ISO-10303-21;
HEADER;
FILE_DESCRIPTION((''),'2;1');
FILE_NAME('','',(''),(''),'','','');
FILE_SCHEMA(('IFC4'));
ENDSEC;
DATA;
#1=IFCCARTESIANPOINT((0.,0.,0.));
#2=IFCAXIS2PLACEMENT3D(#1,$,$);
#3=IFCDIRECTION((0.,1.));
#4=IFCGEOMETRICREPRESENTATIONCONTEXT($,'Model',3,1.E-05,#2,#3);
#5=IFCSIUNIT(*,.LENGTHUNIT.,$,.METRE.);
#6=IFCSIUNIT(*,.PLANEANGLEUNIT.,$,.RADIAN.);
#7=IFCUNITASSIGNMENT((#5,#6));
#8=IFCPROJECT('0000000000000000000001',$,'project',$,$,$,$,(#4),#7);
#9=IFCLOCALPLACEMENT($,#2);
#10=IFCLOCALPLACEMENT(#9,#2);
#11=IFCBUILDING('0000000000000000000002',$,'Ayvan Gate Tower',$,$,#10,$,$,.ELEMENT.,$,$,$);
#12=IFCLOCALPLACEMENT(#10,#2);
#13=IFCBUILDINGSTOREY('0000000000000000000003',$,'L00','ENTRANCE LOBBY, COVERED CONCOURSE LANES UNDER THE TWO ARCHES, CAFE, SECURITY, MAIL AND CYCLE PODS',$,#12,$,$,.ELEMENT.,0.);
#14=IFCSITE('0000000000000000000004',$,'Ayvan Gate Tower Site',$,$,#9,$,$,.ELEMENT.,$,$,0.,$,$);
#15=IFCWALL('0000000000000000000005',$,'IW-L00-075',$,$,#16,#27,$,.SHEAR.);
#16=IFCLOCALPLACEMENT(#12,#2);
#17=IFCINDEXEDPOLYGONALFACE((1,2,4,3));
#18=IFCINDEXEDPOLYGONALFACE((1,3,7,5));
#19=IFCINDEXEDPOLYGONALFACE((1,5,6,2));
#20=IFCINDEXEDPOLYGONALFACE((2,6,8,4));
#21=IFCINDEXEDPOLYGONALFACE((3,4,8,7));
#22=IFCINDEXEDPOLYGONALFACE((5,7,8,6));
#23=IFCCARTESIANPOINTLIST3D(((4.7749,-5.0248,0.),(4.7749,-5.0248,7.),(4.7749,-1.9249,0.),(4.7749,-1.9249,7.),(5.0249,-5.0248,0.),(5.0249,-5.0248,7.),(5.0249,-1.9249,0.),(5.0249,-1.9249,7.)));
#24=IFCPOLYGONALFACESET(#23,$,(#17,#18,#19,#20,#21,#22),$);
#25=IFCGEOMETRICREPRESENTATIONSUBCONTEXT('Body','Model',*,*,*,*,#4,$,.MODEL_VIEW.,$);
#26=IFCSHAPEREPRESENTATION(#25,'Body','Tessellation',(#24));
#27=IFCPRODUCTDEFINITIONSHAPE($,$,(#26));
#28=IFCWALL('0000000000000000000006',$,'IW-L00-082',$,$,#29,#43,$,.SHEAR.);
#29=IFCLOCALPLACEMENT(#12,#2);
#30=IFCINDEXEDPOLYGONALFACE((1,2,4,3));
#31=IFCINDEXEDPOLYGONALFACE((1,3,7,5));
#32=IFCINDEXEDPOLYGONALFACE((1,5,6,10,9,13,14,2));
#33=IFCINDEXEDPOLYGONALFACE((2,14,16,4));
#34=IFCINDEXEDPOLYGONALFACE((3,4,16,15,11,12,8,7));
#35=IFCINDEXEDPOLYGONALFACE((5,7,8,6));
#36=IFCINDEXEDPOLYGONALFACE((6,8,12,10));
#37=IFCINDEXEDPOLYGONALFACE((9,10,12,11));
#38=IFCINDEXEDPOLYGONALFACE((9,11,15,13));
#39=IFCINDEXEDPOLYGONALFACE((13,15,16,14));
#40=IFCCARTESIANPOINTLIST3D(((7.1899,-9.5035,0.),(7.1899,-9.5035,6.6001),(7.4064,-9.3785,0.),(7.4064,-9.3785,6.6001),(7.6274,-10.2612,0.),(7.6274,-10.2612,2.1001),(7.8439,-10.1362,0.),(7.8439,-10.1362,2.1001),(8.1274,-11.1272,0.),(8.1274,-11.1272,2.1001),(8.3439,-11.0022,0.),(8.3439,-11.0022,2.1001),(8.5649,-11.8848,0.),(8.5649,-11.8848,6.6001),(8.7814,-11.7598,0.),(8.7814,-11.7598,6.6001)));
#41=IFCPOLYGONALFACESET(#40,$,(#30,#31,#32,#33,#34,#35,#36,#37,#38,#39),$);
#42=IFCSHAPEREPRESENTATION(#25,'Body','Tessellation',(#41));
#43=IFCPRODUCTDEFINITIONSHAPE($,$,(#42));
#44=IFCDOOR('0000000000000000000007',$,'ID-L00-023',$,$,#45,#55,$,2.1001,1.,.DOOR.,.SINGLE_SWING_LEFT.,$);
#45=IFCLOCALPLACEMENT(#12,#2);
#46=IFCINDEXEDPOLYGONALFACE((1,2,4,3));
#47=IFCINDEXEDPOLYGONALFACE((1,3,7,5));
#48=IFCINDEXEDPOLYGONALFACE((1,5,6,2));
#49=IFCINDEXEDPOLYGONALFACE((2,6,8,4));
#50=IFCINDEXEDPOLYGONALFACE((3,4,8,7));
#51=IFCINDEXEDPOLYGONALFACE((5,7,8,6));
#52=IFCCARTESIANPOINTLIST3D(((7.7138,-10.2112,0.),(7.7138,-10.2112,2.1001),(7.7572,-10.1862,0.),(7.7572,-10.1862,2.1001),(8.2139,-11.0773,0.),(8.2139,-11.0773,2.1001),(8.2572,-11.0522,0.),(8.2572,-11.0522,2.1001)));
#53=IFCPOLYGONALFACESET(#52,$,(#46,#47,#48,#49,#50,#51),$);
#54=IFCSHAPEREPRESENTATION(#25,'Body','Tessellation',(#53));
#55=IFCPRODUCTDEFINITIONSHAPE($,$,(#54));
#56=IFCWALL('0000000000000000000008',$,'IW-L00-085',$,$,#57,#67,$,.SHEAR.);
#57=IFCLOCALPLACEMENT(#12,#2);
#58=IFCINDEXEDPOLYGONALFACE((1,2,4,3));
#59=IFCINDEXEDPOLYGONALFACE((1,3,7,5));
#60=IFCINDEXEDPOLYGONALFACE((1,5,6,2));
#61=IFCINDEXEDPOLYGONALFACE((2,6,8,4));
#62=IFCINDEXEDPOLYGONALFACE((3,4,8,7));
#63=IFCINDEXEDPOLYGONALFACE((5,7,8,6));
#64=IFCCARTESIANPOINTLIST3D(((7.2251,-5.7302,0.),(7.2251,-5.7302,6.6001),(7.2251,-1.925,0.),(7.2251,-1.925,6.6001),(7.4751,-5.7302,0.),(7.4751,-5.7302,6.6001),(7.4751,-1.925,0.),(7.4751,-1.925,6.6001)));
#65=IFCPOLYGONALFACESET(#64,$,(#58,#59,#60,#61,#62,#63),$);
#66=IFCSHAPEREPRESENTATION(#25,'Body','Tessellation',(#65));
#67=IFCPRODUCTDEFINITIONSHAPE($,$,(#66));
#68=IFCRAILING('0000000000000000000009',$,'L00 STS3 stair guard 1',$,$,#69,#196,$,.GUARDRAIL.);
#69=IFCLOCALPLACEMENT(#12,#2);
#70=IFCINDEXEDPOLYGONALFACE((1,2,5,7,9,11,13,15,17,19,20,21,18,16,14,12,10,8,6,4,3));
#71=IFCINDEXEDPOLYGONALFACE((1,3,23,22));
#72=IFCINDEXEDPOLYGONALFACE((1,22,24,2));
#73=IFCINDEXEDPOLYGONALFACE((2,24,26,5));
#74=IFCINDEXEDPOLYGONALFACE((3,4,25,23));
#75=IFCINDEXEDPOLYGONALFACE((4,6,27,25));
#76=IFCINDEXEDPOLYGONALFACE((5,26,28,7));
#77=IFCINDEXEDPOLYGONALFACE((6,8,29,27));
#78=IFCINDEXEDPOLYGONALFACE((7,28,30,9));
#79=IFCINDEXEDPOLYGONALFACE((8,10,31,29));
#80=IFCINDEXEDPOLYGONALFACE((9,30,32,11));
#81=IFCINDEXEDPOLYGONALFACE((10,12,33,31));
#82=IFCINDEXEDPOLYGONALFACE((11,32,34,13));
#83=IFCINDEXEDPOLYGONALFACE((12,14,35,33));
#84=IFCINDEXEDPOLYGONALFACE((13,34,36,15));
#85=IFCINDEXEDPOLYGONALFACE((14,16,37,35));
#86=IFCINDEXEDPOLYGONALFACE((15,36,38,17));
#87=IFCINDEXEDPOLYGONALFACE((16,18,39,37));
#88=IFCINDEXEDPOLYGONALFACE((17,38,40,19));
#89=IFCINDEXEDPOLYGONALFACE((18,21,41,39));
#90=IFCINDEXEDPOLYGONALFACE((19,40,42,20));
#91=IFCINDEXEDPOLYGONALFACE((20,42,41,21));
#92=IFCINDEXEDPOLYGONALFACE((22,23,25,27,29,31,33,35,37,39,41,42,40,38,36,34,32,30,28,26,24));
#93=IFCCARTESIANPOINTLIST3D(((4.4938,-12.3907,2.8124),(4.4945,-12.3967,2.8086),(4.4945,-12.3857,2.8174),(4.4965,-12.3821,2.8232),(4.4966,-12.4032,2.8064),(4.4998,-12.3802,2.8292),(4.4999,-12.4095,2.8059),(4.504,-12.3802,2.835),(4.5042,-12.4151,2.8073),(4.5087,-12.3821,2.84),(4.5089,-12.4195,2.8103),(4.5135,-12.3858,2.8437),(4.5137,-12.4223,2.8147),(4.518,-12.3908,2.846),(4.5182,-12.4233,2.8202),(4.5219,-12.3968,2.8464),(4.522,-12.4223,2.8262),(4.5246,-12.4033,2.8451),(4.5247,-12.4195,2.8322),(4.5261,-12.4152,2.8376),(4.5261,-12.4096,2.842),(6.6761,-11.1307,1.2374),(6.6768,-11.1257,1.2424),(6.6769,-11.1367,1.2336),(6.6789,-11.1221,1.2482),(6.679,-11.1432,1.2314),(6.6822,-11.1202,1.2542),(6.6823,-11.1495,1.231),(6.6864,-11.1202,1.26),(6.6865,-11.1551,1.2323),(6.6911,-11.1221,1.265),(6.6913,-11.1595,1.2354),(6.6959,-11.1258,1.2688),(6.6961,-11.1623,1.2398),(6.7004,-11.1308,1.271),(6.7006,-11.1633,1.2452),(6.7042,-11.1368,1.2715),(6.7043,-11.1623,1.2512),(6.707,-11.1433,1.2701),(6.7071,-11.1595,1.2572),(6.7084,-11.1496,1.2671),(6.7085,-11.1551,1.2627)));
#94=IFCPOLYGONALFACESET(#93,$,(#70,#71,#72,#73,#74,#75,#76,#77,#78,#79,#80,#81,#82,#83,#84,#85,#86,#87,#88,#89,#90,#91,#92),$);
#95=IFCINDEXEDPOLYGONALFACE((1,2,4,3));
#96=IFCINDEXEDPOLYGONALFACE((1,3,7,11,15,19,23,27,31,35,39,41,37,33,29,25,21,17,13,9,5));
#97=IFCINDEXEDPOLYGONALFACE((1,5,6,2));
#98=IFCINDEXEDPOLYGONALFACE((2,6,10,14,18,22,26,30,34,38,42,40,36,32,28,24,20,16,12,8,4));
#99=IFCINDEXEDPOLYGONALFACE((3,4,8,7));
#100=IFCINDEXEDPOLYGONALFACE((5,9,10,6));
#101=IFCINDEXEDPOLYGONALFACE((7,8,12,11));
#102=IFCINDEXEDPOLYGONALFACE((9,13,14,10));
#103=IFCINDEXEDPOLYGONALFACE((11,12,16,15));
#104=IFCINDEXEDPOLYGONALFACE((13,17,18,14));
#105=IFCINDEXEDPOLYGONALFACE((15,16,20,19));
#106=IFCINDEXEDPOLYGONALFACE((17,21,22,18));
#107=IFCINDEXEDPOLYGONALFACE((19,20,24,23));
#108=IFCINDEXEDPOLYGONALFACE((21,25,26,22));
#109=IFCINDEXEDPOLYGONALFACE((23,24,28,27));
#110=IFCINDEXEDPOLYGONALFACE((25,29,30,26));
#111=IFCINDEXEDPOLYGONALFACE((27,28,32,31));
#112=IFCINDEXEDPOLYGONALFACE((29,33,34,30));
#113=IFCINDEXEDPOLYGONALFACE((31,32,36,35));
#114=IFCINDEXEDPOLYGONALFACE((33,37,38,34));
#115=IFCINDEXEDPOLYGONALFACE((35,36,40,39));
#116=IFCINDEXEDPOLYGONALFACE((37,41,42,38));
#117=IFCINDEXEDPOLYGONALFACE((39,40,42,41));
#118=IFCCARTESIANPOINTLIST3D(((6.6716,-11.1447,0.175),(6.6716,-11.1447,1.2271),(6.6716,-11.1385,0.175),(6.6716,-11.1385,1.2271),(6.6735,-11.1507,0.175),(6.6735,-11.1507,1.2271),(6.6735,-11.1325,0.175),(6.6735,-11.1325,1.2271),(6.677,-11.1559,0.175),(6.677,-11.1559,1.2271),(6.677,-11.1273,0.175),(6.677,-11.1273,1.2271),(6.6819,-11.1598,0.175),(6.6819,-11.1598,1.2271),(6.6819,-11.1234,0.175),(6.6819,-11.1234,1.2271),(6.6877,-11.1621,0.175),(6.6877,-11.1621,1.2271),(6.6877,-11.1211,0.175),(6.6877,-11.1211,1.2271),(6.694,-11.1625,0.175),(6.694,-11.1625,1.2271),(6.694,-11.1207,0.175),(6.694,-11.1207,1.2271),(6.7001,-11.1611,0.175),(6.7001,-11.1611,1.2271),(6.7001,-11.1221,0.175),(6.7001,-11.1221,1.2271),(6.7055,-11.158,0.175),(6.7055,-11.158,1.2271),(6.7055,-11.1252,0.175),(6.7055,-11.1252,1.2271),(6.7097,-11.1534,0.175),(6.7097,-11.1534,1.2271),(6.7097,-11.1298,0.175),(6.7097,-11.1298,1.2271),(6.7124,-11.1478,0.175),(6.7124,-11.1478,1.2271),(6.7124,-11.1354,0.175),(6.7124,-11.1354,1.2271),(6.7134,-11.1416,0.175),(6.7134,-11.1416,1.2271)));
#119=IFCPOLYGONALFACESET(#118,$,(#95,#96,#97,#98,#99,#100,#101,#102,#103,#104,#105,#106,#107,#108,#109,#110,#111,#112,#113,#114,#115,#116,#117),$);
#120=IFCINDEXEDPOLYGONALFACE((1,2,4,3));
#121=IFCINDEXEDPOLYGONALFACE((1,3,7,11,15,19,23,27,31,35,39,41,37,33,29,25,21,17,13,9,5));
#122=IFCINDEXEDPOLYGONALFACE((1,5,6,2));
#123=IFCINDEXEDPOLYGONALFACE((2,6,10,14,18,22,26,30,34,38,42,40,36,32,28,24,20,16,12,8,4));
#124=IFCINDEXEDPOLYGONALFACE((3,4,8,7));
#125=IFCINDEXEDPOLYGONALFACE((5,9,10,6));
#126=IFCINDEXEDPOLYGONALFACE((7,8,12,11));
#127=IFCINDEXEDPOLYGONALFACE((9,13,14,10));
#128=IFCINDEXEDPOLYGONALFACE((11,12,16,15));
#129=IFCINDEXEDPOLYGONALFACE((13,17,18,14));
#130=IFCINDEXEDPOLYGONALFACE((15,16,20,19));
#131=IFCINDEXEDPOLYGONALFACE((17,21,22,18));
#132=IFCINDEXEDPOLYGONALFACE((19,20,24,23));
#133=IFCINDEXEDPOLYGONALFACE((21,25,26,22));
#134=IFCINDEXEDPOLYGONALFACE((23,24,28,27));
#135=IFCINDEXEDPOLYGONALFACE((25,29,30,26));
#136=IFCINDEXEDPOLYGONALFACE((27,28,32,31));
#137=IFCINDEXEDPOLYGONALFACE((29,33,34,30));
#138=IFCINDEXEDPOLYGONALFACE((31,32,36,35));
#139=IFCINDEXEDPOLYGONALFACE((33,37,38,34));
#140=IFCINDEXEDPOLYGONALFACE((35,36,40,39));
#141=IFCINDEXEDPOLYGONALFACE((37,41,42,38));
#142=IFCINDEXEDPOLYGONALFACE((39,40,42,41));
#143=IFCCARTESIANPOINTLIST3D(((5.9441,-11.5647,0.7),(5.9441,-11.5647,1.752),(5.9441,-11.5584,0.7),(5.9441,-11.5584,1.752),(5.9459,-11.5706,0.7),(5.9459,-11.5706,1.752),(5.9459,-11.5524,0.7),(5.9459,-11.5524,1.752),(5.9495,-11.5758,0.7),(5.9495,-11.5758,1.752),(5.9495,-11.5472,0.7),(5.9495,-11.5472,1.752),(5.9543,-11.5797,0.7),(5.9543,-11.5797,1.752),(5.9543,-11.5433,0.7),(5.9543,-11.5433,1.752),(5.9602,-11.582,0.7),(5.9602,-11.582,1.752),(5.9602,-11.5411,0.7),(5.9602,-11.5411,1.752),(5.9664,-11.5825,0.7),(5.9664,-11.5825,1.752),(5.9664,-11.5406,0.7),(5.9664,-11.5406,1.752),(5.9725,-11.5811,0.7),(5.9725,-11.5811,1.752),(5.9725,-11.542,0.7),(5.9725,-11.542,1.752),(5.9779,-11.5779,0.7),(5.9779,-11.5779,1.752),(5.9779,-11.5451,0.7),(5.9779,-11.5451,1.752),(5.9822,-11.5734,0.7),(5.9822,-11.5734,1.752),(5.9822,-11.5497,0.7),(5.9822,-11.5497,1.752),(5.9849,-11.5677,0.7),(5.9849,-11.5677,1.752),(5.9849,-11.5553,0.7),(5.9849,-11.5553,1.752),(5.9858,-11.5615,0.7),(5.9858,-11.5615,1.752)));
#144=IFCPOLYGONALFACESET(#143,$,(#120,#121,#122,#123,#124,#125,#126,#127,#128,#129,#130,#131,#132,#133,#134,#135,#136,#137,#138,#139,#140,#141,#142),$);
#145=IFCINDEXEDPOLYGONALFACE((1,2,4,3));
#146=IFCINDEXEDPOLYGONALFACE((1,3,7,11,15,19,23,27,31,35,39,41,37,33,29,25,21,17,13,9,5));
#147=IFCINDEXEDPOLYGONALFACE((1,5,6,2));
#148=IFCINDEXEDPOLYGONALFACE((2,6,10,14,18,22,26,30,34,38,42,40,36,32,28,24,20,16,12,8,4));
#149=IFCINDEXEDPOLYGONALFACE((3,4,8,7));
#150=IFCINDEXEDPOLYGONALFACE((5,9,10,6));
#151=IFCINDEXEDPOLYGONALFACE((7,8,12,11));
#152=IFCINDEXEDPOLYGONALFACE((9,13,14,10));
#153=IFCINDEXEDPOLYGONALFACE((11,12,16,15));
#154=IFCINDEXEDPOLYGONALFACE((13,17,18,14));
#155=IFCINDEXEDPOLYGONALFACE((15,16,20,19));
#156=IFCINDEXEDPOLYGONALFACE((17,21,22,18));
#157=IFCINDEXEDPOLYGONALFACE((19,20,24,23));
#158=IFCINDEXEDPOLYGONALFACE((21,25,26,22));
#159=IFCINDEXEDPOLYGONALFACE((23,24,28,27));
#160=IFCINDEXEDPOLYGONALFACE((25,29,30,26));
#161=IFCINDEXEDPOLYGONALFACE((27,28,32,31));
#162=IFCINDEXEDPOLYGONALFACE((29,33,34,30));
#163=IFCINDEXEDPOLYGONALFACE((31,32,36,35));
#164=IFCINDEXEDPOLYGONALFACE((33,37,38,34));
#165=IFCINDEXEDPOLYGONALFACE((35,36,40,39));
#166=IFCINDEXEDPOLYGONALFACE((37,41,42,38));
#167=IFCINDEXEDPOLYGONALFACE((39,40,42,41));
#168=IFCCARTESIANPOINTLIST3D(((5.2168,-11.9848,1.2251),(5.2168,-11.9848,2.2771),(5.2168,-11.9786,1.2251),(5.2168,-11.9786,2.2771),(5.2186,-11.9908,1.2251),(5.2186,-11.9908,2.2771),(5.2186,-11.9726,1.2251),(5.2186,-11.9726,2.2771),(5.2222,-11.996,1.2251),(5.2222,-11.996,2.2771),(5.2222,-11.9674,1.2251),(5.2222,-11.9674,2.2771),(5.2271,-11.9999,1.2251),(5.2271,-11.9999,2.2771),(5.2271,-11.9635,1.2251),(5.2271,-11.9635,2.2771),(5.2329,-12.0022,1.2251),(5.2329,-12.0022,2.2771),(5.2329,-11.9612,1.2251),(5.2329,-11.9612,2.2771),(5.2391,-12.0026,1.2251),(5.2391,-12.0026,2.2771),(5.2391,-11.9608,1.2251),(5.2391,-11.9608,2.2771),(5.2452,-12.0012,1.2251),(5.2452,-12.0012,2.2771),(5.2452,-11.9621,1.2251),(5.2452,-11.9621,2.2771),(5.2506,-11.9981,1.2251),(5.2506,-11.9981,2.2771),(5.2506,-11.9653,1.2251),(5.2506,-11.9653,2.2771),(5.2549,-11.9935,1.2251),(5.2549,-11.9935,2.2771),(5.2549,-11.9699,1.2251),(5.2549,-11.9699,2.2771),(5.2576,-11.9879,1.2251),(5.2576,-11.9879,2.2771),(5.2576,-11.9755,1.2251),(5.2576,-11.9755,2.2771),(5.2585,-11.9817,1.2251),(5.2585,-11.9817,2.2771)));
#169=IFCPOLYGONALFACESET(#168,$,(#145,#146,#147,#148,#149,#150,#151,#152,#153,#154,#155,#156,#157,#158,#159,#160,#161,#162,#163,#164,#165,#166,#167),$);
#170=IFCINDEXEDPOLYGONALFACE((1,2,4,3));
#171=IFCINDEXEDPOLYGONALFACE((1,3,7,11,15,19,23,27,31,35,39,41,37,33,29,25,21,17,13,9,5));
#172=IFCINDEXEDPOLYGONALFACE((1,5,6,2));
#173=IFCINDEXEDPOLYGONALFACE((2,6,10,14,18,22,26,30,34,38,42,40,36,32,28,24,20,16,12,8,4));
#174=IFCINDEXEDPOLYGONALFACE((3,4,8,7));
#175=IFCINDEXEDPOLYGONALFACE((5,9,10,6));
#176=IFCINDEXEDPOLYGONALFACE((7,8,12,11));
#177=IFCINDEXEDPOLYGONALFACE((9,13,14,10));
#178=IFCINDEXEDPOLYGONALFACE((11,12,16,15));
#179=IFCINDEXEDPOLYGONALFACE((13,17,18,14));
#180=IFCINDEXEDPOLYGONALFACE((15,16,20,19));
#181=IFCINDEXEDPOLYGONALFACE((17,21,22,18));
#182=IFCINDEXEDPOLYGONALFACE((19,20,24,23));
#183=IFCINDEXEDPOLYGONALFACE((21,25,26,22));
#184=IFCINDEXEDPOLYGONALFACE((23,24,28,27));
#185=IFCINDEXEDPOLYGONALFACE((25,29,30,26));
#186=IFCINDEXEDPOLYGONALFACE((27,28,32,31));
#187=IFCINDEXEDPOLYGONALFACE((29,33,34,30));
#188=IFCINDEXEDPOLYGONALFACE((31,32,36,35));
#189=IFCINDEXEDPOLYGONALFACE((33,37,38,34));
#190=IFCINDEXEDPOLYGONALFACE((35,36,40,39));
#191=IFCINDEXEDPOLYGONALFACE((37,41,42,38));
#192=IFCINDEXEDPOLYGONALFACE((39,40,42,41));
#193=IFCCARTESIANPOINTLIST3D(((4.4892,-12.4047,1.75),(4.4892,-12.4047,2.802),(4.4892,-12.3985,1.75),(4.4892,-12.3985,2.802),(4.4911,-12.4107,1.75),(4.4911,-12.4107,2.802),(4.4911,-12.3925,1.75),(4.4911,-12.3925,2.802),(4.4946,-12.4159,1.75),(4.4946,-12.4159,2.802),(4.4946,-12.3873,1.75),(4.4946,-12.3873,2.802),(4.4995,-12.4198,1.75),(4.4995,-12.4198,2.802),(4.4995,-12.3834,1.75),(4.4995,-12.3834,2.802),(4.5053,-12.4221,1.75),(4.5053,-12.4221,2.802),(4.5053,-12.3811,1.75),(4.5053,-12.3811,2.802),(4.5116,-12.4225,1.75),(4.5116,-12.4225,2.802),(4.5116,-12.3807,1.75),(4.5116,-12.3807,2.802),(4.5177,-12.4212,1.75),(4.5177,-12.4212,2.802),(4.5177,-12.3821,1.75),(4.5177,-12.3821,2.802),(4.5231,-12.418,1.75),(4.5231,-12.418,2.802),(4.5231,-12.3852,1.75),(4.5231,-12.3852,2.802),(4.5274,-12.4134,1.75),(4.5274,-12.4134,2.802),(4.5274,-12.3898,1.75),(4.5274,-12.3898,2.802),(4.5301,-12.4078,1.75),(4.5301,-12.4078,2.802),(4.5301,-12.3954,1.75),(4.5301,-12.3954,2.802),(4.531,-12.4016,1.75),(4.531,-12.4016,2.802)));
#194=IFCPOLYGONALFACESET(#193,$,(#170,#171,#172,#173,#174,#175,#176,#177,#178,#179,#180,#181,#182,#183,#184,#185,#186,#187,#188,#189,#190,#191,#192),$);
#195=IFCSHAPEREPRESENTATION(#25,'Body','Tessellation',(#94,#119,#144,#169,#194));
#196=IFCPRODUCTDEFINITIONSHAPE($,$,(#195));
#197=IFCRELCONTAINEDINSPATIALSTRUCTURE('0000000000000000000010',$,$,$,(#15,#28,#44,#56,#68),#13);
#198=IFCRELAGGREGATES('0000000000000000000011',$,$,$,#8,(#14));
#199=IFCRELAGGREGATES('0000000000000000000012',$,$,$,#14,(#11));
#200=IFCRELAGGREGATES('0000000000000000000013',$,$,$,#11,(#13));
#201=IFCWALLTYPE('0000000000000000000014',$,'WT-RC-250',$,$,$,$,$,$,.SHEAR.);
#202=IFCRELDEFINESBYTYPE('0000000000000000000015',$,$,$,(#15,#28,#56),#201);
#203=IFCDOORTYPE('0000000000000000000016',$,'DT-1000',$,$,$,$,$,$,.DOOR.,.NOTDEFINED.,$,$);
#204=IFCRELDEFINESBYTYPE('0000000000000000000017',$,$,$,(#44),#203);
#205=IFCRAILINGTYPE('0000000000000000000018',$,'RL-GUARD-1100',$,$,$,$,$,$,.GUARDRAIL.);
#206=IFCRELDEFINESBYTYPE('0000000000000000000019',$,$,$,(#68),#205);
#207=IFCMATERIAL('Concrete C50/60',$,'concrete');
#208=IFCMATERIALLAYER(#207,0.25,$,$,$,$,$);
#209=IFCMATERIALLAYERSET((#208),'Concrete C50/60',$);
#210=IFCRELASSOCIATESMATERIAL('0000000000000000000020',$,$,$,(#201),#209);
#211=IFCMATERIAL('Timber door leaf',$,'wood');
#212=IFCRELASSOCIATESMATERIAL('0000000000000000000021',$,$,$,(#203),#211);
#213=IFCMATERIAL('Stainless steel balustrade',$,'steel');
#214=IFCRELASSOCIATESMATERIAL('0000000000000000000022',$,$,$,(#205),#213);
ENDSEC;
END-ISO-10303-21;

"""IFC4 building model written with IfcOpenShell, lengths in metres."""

from ifc_helpers import new_model, si_unit, direction, frame, frame_2d, origin, origin_2d, place, context, subcontext, project, spatial, rectangle, circle, extrude, material, layer, layer_set, type_object, element, fill, save


model = new_model("IFC4")

# Units and contexts
model_context = context("Model", 3, precision=1e-05, world=origin(), true_north=direction((0.0, 1.0)))
body_context = subcontext(model_context, "Body", "Model", "MODEL_VIEW")
ifc_project = project(units=[si_unit("LENGTHUNIT", "METRE"), si_unit("PLANEANGLEUNIT", "RADIAN")], contexts=[model_context])

# Site, building, storey
site_placement = place(None, origin())
site = spatial("IfcSite", under=ifc_project, at=site_placement, Name="Ayvan Gate Tower Site", CompositionType="ELEMENT", RefElevation=0.0)
building_placement = place(site_placement, origin())
building = spatial("IfcBuilding", under=site, at=building_placement, Name="Ayvan Gate Tower", CompositionType="ELEMENT")
storey_placement = place(building_placement, origin())
storey = spatial("IfcBuildingStorey", under=building, at=storey_placement, Name="L00", Description="ENTRANCE LOBBY, COVERED CONCOURSE LANES UNDER THE TWO ARCHES, CAFE, SECURITY, MAIL AND CYCLE PODS", CompositionType="ELEMENT", Elevation=0.0)

# Wall
ifc_material_1 = material(Name="Concrete C50/60", Category="concrete")
ifc_layer_1 = layer(ifc_material_1, 0.25)
ifc_layer_set_1 = layer_set([ifc_layer_1], Name="Concrete C50/60")
wall_type_1 = type_object("IfcWallType", Name="WT-RC-250", PredefinedType="SHEAR", material=ifc_layer_set_1)
for number, where, z_axis, x_axis, name in (
    (1, (4.8999, -1.925, 0.0), (0.0, 0.0, 1.0), (0.0, -1.0, 0.0), "IW-L00-075"),
):
    element("IfcWall", number, at=place(storey_placement, frame(where, z_axis=z_axis, x_axis=x_axis)), inside=storey, type_object=wall_type_1, Name=name, PredefinedType="SHEAR", context=body_context, shape_type="SweptSolid", body=[
        extrude(rectangle(XDim=3.0999, YDim=0.25, at=frame_2d((1.5498, 0.0))), origin(), (0.0, 0.0, 1.0), 7.0),
    ])

# Wall, opening, door
wall_1_placement = place(storey_placement, frame((7.2981, -9.4409, 0.0), z_axis=(0.0, 0.0, 1.0), x_axis=(0.500035, -0.866005, 0.0)))
wall_1 = element("IfcWall", 2, at=wall_1_placement, inside=storey, type_object=wall_type_1, Name="IW-L00-082", PredefinedType="SHEAR", context=body_context, shape_type="SweptSolid", body=[
    extrude(rectangle(XDim=2.7498, YDim=0.25, at=frame_2d((1.375, 0.0))), origin(), (0.0, 0.0, 1.0), 6.6001),
])
opening_placement = place(wall_1_placement, frame((0.875, 0.0, 0.0)))
opening = element("IfcOpeningElement", 3, at=opening_placement, cuts=wall_1, PredefinedType="OPENING", context=body_context, shape_type="SweptSolid", body=[
    extrude(rectangle(XDim=1.0, YDim=2.1001, at=frame_2d((0.5, 1.05))), frame((0.0, 0.135, 0.0), z_axis=(0.0, -1.0, 0.0), x_axis=(1.0, 0.0, 0.0)), (0.0, 0.0, 1.0), 0.27),
])
ifc_material_2 = material(Name="Timber door leaf", Category="wood")
door_type = type_object("IfcDoorType", Name="DT-1000", OperationType="NOTDEFINED", PredefinedType="DOOR", material=ifc_material_2)
door_placement = place(opening_placement, origin())
door = element("IfcDoor", 4, at=door_placement, inside=storey, type_object=door_type, Name="ID-L00-023", OperationType="SINGLE_SWING_LEFT", OverallHeight=2.1001, OverallWidth=1.0, PredefinedType="DOOR", context=body_context, shape_type="SweptSolid", body=[
    extrude(rectangle(XDim=1.0, YDim=2.1001, at=frame_2d((0.5, 1.05))), frame((0.0, 0.0249, 0.0), z_axis=(0.0, -1.0, 0.0), x_axis=(1.0, 0.0, 0.0)), (0.0, 0.0, 1.0), 0.05),
])
fill(opening, door)

# Wall
wall_2_placement = place(storey_placement, frame((7.3501, -1.925, 0.0), z_axis=(0.0, 0.0, 1.0), x_axis=(0.0, -1.0, 0.0)))
element("IfcWall", 5, at=wall_2_placement, inside=storey, type_object=wall_type_1, Name="IW-L00-085", PredefinedType="SHEAR", context=body_context, shape_type="SweptSolid", body=[
    extrude(rectangle(XDim=3.8052, YDim=0.25, at=frame_2d((1.9026, 0.0))), origin(), (0.0, 0.0, 1.0), 6.6001),
])

# Railing
ifc_material_3 = material(Name="Stainless steel balustrade", Category="steel")
railing_type_1 = type_object("IfcRailingType", Name="RL-GUARD-1100", PredefinedType="GUARDRAIL", material=ifc_material_3)
railing_1_placement = place(storey_placement, frame((6.6924, -11.1416, 0.175)))
element("IfcRailing", 6, at=railing_1_placement, inside=storey, type_object=railing_type_1, Name="L00 STS3 stair guard 1", PredefinedType="GUARDRAIL", context=body_context, shape_type="SweptSolid", body=[
    extrude(circle(Radius=0.0239, at=origin_2d()), frame((0.0, 0.0, 1.0762), z_axis=(-0.734392, -0.424007, 0.529988), x_axis=(0.500005, -0.866023, 0.0)), (0.0, 0.0, 1.0), 2.9717),
    extrude(circle(Radius=0.021, at=origin_2d()), origin(), (0.0, 0.0, 1.0), 1.052),
    extrude(circle(Radius=0.021, at=origin_2d()), frame((-0.7275, -0.4199, 0.5249)), (0.0, 0.0, 1.0), 1.052),
    extrude(circle(Radius=0.021, at=origin_2d()), frame((-1.4548, -0.8401, 1.05)), (0.0, 0.0, 1.0), 1.052),
    extrude(circle(Radius=0.021, at=origin_2d()), frame((-2.1824, -1.26, 1.575)), (0.0, 0.0, 1.0), 1.052),
])

save(model, "model.ifc")
